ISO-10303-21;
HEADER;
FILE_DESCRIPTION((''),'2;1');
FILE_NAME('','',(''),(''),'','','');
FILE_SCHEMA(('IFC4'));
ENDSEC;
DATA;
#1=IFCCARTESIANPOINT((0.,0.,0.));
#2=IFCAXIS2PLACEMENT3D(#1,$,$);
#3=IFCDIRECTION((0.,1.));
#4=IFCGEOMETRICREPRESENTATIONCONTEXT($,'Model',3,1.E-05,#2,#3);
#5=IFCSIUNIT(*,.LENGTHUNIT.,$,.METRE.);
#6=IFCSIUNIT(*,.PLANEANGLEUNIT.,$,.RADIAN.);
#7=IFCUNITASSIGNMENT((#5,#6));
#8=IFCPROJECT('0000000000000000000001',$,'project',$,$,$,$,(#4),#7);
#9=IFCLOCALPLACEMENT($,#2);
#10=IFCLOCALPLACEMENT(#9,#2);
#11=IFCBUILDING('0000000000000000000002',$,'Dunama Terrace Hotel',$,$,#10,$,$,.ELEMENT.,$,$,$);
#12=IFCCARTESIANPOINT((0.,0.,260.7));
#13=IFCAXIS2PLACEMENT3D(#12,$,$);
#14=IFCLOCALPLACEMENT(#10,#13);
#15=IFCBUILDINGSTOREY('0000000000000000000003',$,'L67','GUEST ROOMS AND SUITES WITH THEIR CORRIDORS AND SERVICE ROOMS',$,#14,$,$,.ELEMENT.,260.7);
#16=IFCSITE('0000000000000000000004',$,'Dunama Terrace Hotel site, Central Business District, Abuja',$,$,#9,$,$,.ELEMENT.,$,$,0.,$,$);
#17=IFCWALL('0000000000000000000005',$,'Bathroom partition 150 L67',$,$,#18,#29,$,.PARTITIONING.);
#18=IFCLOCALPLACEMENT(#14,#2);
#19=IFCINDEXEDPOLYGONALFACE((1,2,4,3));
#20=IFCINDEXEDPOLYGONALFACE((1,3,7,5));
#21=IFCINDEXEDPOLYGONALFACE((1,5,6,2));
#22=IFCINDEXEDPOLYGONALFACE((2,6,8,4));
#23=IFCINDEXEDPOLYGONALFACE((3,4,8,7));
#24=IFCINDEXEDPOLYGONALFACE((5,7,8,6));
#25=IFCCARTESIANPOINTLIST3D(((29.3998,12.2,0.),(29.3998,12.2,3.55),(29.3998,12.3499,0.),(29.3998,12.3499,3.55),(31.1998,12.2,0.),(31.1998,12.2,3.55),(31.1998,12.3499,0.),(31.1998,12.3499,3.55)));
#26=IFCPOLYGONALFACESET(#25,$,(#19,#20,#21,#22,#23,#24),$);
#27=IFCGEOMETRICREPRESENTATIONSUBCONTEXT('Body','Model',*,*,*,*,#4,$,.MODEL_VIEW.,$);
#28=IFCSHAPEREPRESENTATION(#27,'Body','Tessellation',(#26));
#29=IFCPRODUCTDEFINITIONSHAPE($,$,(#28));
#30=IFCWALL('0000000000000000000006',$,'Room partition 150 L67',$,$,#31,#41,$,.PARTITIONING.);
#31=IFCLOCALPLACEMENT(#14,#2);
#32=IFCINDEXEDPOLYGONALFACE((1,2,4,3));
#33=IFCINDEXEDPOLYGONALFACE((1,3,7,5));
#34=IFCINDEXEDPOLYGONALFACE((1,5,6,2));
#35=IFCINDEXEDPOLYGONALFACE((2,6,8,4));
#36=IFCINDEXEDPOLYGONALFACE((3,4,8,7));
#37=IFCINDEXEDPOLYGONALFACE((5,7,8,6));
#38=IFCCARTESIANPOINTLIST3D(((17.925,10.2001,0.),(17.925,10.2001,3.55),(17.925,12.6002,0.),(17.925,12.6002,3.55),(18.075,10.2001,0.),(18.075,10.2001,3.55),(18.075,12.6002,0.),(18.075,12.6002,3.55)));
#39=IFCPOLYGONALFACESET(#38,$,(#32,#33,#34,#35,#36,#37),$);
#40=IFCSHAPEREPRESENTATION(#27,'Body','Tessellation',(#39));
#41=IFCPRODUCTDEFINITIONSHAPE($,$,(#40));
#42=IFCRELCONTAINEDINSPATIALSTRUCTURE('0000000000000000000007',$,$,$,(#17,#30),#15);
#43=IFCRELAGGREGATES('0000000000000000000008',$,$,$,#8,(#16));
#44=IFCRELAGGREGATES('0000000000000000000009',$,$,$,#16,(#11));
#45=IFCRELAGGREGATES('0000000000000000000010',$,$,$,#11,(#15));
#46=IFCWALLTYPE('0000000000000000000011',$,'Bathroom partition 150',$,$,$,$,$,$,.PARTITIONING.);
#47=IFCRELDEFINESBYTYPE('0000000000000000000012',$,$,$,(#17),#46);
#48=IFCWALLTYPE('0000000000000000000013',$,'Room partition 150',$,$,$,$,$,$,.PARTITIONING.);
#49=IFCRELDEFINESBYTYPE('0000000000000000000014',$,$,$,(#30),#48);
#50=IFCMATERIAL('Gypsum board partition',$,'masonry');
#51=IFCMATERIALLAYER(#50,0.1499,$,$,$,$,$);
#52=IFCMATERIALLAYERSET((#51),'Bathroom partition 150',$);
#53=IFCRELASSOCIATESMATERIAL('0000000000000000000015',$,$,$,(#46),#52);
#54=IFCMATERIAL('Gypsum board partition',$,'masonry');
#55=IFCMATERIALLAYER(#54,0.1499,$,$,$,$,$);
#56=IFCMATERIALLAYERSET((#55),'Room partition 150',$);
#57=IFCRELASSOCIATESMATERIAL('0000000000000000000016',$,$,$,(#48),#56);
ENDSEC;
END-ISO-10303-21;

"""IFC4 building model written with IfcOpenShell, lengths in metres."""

from ifc_helpers import new_model, si_unit, direction, frame, frame_2d, origin, place, context, subcontext, project, spatial, rectangle, extrude, material, layer, layer_set, type_object, element, save


model = new_model("IFC4")

# Units and contexts
model_context = context("Model", 3, precision=1e-05, world=origin(), true_north=direction((0.0, 1.0)))
body_context = subcontext(model_context, "Body", "Model", "MODEL_VIEW")
ifc_project = project(units=[si_unit("LENGTHUNIT", "METRE"), si_unit("PLANEANGLEUNIT", "RADIAN")], contexts=[model_context])

# Site, building, storey
site_placement = place(None, origin())
site = spatial("IfcSite", under=ifc_project, at=site_placement, Name="Dunama Terrace Hotel site, Central Business District, Abuja", CompositionType="ELEMENT", RefElevation=0.0)
building_placement = place(site_placement, origin())
building = spatial("IfcBuilding", under=site, at=building_placement, Name="Dunama Terrace Hotel", CompositionType="ELEMENT")
storey_placement = place(building_placement, frame((0.0, 0.0, 260.7)))
storey = spatial("IfcBuildingStorey", under=building, at=storey_placement, Name="L67", Description="GUEST ROOMS AND SUITES WITH THEIR CORRIDORS AND SERVICE ROOMS", CompositionType="ELEMENT", Elevation=260.7)

# Shared definitions
ifc_material_1 = material(Name="Gypsum board partition", Category="masonry")
ifc_layer_1 = layer(ifc_material_1, 0.1499)
ifc_layer_set_1 = layer_set([ifc_layer_1], Name="Bathroom partition 150")
wall_type_1 = type_object("IfcWallType", Name="Bathroom partition 150", PredefinedType="PARTITIONING", material=ifc_layer_set_1)

# Walls
wall_1_placement = place(storey_placement, frame((29.3999, 12.2749, 0.0), z_axis=(0.0, 0.0, 1.0), x_axis=(1.0, 0.0, 0.0)))
element("IfcWall", 1, at=wall_1_placement, inside=storey, type_object=wall_type_1, Name="Bathroom partition 150 L67", PredefinedType="PARTITIONING", context=body_context, shape_type="SweptSolid", body=[
    extrude(rectangle(XDim=1.8, YDim=0.1499, at=frame_2d((0.8999, 0.0))), origin(), (0.0, 0.0, 1.0), 3.55),
])
ifc_material_2 = material(Name="Gypsum board partition", Category="masonry")
ifc_layer_2 = layer(ifc_material_2, 0.1499)
ifc_layer_set_2 = layer_set([ifc_layer_2], Name="Room partition 150")
wall_type_2 = type_object("IfcWallType", Name="Room partition 150", PredefinedType="PARTITIONING", material=ifc_layer_set_2)
wall_2_placement = place(storey_placement, frame((18.0, 10.2, 0.0), z_axis=(0.0, 0.0, 1.0), x_axis=(0.0, 1.0, 0.0)))
element("IfcWall", 2, at=wall_2_placement, inside=storey, type_object=wall_type_2, Name="Room partition 150 L67", PredefinedType="PARTITIONING", context=body_context, shape_type="SweptSolid", body=[
    extrude(rectangle(XDim=2.4001, YDim=0.1499, at=frame_2d((1.2002, 0.0))), origin(), (0.0, 0.0, 1.0), 3.55),
])

save(model, "model.ifc")
